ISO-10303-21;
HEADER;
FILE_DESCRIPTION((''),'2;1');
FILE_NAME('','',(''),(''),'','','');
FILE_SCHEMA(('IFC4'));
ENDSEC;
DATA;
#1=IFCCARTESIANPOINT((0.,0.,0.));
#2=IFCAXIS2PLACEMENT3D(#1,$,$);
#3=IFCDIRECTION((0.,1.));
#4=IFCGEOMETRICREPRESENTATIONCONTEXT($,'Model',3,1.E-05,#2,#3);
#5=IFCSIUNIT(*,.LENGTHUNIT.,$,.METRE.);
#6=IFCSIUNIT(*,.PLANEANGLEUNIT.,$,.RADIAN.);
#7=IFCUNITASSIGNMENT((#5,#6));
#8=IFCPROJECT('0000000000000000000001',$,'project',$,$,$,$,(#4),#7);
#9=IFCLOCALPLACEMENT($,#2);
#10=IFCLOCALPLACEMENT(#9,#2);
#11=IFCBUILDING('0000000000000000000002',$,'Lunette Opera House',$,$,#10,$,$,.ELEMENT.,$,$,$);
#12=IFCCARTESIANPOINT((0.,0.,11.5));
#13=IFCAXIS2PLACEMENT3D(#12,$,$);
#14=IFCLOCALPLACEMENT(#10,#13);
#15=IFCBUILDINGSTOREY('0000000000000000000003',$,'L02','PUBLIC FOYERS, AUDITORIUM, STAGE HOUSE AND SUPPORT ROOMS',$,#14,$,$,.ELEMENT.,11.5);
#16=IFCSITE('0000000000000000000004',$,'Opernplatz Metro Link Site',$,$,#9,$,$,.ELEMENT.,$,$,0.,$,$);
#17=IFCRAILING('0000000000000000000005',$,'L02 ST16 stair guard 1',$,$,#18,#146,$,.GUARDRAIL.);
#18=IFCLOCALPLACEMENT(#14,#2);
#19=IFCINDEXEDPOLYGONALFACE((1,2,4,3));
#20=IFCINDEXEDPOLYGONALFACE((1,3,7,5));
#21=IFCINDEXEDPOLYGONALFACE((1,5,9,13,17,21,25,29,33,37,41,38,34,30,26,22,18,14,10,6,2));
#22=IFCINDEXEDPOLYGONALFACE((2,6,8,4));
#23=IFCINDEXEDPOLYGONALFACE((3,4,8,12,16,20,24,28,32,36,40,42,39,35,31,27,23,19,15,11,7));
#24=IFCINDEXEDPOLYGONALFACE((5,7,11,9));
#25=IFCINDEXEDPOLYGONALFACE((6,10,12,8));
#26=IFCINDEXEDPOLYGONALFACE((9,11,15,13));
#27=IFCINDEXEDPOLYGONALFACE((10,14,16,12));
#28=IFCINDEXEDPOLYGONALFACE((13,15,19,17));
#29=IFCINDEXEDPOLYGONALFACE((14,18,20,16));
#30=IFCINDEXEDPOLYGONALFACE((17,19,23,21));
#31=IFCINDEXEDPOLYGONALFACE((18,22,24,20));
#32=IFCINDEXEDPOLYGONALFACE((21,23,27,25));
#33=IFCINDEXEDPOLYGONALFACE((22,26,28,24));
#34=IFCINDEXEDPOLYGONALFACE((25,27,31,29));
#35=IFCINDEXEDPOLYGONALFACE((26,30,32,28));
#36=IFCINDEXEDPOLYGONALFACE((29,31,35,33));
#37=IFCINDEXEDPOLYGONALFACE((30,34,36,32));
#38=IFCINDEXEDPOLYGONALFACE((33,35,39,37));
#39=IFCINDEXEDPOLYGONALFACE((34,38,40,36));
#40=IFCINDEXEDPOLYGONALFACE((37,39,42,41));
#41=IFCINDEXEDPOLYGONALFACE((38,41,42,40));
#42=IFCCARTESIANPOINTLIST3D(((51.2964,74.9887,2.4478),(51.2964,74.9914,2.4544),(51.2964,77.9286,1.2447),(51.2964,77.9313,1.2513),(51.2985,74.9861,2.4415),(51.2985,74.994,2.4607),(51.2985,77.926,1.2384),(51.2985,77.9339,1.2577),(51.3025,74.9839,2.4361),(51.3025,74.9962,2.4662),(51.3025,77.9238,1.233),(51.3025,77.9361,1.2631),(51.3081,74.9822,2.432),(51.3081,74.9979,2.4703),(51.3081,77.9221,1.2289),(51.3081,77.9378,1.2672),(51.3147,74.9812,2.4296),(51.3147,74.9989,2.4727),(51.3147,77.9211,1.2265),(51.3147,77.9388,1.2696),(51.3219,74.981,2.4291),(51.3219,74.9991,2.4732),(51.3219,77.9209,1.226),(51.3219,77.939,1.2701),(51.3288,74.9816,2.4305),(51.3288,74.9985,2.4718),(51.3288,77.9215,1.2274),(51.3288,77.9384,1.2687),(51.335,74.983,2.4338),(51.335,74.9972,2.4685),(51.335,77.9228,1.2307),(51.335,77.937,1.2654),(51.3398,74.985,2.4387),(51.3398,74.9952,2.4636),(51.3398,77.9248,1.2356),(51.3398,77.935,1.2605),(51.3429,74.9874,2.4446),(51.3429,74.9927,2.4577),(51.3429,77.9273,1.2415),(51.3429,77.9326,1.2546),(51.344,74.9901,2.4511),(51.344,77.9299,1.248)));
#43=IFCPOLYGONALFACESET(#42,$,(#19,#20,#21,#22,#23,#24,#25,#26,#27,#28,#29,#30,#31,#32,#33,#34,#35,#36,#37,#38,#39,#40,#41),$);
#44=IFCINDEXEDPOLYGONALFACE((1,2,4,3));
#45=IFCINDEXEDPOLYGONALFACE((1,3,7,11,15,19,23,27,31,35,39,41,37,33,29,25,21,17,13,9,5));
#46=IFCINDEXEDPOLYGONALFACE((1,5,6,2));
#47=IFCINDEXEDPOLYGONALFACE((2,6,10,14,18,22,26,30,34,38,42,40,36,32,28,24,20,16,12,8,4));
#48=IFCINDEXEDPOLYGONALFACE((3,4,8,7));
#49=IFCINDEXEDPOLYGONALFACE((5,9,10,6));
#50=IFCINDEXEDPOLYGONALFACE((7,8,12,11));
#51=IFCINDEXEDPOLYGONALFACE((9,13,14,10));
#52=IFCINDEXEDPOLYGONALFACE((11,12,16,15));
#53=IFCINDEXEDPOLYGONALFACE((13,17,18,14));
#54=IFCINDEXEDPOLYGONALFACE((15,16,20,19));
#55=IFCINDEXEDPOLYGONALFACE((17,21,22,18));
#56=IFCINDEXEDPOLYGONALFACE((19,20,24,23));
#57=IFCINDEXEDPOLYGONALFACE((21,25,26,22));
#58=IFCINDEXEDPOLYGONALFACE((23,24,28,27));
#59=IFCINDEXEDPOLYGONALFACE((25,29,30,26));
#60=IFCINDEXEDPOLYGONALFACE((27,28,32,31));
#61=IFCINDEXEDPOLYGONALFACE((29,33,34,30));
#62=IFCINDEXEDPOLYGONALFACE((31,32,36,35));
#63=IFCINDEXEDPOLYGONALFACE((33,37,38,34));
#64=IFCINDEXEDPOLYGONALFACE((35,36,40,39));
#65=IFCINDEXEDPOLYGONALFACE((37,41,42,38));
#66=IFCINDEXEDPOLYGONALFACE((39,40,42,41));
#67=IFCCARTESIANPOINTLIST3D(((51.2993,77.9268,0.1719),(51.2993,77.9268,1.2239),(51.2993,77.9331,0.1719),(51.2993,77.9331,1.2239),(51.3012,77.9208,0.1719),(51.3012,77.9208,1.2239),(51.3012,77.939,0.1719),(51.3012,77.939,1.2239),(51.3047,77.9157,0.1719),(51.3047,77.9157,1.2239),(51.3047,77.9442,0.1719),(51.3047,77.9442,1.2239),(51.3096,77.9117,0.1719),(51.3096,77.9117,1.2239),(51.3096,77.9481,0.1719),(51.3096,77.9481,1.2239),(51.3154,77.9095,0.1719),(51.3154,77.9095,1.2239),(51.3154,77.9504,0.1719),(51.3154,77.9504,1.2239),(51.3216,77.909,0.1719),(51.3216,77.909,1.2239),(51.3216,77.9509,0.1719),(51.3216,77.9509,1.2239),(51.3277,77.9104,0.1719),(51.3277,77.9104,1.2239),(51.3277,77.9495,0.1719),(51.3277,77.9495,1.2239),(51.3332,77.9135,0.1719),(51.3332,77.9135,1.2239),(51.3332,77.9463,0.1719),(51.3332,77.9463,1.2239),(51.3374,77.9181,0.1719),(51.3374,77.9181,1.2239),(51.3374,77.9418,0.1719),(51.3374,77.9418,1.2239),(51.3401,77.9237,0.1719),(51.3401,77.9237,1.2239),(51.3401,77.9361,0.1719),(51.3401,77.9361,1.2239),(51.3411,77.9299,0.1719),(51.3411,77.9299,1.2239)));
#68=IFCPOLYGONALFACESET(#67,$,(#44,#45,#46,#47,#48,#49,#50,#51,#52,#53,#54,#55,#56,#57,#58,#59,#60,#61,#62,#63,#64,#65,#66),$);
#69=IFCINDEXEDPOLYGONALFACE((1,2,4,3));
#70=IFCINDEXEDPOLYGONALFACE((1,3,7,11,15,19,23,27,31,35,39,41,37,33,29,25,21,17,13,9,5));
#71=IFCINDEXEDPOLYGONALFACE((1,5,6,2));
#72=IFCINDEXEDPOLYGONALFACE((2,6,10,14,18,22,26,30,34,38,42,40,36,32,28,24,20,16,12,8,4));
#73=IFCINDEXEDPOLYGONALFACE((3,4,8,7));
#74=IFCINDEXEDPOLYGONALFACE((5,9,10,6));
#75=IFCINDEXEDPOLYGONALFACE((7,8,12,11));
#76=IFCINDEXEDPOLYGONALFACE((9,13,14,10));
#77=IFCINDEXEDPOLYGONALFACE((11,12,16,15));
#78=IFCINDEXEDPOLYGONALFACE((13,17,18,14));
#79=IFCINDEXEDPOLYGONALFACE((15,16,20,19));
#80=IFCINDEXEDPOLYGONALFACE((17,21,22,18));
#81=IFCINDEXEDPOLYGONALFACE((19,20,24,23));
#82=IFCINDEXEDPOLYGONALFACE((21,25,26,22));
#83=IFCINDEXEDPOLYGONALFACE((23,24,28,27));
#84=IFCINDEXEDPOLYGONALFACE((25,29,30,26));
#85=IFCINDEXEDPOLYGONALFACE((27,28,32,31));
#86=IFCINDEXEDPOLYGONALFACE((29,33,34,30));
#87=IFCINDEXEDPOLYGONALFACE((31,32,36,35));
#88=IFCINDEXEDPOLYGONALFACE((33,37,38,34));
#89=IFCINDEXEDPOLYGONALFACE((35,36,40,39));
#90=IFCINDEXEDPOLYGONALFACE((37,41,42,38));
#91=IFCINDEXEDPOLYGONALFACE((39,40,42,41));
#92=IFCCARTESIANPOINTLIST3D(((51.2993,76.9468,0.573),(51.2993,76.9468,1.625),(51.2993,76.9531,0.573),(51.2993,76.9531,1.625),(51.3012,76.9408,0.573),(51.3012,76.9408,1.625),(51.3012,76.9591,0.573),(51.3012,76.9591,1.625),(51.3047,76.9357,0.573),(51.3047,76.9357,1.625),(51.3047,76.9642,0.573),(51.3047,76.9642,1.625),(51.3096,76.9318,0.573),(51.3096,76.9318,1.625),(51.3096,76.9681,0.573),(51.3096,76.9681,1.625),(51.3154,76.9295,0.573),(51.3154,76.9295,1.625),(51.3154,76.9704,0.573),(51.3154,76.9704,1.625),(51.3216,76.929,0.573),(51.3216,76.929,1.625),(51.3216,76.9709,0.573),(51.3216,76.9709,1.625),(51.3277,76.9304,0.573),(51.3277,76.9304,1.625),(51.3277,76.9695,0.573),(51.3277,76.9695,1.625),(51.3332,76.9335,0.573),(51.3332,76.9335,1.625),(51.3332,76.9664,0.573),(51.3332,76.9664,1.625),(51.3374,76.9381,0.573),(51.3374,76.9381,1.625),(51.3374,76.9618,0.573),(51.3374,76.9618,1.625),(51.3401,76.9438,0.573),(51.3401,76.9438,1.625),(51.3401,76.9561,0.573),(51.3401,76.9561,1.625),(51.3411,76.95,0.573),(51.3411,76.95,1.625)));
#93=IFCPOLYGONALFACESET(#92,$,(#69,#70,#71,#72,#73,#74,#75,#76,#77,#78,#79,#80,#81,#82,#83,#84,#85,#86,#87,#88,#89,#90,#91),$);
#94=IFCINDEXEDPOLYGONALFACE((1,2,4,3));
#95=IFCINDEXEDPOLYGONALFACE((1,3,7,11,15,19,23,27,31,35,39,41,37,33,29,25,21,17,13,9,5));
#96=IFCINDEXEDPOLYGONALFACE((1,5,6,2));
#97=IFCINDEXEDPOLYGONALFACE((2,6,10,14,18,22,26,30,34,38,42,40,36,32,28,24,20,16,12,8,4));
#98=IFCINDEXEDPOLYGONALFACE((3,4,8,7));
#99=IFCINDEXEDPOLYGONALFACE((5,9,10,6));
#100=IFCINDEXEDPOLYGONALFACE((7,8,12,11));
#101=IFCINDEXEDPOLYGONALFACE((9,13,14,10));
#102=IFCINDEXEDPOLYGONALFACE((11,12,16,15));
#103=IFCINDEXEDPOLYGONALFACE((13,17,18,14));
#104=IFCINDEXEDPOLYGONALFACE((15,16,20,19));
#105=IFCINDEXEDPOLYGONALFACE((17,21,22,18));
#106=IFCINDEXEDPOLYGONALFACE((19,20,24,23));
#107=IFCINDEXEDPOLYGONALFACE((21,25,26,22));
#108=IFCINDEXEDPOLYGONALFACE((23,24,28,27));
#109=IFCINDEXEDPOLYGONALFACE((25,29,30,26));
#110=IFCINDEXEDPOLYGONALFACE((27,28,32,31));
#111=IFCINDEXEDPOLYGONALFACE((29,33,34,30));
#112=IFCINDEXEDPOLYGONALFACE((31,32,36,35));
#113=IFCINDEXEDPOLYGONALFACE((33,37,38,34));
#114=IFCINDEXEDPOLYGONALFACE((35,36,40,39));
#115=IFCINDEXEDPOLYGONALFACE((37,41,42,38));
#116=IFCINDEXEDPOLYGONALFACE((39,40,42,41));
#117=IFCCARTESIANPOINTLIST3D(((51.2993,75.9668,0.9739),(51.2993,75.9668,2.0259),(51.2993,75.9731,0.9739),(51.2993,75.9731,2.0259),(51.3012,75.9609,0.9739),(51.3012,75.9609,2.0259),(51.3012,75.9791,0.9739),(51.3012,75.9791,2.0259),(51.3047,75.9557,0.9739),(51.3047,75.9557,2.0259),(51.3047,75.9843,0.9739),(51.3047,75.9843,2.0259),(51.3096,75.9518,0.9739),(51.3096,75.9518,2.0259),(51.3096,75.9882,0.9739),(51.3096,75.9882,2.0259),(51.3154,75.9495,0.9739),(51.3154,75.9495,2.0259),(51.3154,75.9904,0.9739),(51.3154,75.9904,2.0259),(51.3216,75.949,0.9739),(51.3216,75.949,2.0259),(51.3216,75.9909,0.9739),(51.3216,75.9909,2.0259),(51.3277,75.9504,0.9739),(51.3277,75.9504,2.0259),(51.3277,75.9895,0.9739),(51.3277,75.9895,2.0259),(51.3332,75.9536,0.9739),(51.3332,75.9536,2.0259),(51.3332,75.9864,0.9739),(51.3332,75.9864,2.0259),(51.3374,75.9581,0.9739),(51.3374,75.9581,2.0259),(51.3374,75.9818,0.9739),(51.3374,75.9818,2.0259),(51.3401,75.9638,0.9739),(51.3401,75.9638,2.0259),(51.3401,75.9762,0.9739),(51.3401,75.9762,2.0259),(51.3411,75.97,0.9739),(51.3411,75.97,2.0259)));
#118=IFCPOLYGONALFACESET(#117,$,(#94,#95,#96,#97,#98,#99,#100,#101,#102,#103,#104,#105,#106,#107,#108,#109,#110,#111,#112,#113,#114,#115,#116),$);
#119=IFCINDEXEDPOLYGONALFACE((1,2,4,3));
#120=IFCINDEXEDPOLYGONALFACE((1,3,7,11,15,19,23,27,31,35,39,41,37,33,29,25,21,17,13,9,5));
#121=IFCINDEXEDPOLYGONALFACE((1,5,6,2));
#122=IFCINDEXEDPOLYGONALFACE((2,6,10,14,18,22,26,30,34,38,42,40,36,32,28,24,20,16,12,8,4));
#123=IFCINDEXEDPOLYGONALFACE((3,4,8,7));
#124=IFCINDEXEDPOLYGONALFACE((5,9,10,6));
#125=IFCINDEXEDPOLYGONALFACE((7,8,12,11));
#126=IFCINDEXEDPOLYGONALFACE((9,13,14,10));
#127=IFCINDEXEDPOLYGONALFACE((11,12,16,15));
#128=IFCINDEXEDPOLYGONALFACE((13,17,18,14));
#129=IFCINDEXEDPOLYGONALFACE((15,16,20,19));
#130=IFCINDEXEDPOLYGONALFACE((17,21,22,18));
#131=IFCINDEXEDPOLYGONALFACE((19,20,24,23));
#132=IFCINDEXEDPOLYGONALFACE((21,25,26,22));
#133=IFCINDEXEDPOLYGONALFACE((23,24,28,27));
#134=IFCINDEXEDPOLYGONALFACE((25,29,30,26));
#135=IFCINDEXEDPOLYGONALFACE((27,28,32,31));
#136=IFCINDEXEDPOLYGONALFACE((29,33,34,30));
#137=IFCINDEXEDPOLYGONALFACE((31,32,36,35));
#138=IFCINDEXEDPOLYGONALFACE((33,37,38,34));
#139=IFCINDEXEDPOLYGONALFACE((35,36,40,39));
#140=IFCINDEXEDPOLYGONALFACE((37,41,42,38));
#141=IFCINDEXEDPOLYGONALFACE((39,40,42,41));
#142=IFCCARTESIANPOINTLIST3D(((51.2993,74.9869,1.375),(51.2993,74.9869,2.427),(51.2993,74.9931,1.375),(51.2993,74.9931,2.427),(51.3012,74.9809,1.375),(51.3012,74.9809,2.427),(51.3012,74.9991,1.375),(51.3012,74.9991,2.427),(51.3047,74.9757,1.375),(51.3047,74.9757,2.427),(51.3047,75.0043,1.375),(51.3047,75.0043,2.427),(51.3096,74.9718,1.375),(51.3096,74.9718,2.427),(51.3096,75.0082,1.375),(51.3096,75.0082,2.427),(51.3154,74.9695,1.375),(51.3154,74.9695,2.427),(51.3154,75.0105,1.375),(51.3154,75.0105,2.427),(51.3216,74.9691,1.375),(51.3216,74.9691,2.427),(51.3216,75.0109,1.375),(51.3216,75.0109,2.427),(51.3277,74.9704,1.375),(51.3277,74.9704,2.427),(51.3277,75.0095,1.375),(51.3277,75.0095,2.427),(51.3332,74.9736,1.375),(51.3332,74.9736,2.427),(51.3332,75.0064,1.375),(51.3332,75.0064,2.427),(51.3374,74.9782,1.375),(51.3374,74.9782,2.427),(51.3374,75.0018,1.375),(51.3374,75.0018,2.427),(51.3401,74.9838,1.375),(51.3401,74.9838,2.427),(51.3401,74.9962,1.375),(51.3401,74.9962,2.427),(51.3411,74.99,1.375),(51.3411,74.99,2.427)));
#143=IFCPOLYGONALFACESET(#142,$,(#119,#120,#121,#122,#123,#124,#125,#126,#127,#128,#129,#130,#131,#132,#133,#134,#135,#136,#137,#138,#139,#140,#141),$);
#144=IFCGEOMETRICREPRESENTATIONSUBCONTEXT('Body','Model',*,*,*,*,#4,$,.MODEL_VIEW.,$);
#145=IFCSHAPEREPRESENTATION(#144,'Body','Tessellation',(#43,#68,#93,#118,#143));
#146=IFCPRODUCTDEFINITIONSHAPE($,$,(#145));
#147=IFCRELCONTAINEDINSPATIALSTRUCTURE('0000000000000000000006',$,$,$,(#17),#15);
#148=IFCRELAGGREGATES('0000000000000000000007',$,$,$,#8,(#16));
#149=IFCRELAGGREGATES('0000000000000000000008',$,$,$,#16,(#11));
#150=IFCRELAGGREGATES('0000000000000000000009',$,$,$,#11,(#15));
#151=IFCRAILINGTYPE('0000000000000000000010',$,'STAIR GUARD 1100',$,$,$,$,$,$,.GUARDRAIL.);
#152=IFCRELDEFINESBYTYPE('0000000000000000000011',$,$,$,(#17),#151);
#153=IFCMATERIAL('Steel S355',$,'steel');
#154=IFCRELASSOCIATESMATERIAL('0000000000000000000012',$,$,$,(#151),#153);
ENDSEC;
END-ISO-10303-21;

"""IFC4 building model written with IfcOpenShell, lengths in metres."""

from ifc_helpers import new_model, si_unit, direction, frame, origin, origin_2d, place, context, subcontext, project, spatial, circle, extrude, material, type_object, element, save


model = new_model("IFC4")

# Units and contexts
model_context = context("Model", 3, precision=1e-05, world=origin(), true_north=direction((0.0, 1.0)))
body_context = subcontext(model_context, "Body", "Model", "MODEL_VIEW")
ifc_project = project(units=[si_unit("LENGTHUNIT", "METRE"), si_unit("PLANEANGLEUNIT", "RADIAN")], contexts=[model_context])

# Site, building, storey
site_placement = place(None, origin())
site = spatial("IfcSite", under=ifc_project, at=site_placement, Name="Opernplatz Metro Link Site", CompositionType="ELEMENT", RefElevation=0.0)
building_placement = place(site_placement, origin())
building = spatial("IfcBuilding", under=site, at=building_placement, Name="Lunette Opera House", CompositionType="ELEMENT")
storey_placement = place(building_placement, frame((0.0, 0.0, 11.5)))
storey = spatial("IfcBuildingStorey", under=building, at=storey_placement, Name="L02", Description="PUBLIC FOYERS, AUDITORIUM, STAGE HOUSE AND SUPPORT ROOMS", CompositionType="ELEMENT", Elevation=11.5)

# Railing
ifc_material_1 = material(Name="Steel S355", Category="steel")
railing_type_1 = type_object("IfcRailingType", Name="STAIR GUARD 1100", PredefinedType="GUARDRAIL", material=ifc_material_1)
railing_1_placement = place(storey_placement, frame((51.3201, 77.9299, 0.1719)))
element("IfcRailing", 1, at=railing_1_placement, inside=storey, type_object=railing_type_1, Name="L02 ST16 stair guard 1", PredefinedType="GUARDRAIL", context=body_context, shape_type="SweptSolid", body=[
    extrude(circle(Radius=0.0239, at=origin_2d()), frame((0.0, 0.0, 1.0762), z_axis=(0.0, -0.9255, 0.378747), x_axis=(1.0, 0.0, 0.0)), (0.0, 0.0, 1.0), 3.1765),
    extrude(circle(Radius=0.021, at=origin_2d()), origin(), (0.0, 0.0, 1.0), 1.052),
    extrude(circle(Radius=0.021, at=origin_2d()), frame((0.0, -0.98, 0.4011)), (0.0, 0.0, 1.0), 1.052),
    extrude(circle(Radius=0.021, at=origin_2d()), frame((0.0, -1.96, 0.802)), (0.0, 0.0, 1.0), 1.052),
    extrude(circle(Radius=0.021, at=origin_2d()), frame((0.0, -2.9399, 1.2031)), (0.0, 0.0, 1.0), 1.052),
])

save(model, "model.ifc")
